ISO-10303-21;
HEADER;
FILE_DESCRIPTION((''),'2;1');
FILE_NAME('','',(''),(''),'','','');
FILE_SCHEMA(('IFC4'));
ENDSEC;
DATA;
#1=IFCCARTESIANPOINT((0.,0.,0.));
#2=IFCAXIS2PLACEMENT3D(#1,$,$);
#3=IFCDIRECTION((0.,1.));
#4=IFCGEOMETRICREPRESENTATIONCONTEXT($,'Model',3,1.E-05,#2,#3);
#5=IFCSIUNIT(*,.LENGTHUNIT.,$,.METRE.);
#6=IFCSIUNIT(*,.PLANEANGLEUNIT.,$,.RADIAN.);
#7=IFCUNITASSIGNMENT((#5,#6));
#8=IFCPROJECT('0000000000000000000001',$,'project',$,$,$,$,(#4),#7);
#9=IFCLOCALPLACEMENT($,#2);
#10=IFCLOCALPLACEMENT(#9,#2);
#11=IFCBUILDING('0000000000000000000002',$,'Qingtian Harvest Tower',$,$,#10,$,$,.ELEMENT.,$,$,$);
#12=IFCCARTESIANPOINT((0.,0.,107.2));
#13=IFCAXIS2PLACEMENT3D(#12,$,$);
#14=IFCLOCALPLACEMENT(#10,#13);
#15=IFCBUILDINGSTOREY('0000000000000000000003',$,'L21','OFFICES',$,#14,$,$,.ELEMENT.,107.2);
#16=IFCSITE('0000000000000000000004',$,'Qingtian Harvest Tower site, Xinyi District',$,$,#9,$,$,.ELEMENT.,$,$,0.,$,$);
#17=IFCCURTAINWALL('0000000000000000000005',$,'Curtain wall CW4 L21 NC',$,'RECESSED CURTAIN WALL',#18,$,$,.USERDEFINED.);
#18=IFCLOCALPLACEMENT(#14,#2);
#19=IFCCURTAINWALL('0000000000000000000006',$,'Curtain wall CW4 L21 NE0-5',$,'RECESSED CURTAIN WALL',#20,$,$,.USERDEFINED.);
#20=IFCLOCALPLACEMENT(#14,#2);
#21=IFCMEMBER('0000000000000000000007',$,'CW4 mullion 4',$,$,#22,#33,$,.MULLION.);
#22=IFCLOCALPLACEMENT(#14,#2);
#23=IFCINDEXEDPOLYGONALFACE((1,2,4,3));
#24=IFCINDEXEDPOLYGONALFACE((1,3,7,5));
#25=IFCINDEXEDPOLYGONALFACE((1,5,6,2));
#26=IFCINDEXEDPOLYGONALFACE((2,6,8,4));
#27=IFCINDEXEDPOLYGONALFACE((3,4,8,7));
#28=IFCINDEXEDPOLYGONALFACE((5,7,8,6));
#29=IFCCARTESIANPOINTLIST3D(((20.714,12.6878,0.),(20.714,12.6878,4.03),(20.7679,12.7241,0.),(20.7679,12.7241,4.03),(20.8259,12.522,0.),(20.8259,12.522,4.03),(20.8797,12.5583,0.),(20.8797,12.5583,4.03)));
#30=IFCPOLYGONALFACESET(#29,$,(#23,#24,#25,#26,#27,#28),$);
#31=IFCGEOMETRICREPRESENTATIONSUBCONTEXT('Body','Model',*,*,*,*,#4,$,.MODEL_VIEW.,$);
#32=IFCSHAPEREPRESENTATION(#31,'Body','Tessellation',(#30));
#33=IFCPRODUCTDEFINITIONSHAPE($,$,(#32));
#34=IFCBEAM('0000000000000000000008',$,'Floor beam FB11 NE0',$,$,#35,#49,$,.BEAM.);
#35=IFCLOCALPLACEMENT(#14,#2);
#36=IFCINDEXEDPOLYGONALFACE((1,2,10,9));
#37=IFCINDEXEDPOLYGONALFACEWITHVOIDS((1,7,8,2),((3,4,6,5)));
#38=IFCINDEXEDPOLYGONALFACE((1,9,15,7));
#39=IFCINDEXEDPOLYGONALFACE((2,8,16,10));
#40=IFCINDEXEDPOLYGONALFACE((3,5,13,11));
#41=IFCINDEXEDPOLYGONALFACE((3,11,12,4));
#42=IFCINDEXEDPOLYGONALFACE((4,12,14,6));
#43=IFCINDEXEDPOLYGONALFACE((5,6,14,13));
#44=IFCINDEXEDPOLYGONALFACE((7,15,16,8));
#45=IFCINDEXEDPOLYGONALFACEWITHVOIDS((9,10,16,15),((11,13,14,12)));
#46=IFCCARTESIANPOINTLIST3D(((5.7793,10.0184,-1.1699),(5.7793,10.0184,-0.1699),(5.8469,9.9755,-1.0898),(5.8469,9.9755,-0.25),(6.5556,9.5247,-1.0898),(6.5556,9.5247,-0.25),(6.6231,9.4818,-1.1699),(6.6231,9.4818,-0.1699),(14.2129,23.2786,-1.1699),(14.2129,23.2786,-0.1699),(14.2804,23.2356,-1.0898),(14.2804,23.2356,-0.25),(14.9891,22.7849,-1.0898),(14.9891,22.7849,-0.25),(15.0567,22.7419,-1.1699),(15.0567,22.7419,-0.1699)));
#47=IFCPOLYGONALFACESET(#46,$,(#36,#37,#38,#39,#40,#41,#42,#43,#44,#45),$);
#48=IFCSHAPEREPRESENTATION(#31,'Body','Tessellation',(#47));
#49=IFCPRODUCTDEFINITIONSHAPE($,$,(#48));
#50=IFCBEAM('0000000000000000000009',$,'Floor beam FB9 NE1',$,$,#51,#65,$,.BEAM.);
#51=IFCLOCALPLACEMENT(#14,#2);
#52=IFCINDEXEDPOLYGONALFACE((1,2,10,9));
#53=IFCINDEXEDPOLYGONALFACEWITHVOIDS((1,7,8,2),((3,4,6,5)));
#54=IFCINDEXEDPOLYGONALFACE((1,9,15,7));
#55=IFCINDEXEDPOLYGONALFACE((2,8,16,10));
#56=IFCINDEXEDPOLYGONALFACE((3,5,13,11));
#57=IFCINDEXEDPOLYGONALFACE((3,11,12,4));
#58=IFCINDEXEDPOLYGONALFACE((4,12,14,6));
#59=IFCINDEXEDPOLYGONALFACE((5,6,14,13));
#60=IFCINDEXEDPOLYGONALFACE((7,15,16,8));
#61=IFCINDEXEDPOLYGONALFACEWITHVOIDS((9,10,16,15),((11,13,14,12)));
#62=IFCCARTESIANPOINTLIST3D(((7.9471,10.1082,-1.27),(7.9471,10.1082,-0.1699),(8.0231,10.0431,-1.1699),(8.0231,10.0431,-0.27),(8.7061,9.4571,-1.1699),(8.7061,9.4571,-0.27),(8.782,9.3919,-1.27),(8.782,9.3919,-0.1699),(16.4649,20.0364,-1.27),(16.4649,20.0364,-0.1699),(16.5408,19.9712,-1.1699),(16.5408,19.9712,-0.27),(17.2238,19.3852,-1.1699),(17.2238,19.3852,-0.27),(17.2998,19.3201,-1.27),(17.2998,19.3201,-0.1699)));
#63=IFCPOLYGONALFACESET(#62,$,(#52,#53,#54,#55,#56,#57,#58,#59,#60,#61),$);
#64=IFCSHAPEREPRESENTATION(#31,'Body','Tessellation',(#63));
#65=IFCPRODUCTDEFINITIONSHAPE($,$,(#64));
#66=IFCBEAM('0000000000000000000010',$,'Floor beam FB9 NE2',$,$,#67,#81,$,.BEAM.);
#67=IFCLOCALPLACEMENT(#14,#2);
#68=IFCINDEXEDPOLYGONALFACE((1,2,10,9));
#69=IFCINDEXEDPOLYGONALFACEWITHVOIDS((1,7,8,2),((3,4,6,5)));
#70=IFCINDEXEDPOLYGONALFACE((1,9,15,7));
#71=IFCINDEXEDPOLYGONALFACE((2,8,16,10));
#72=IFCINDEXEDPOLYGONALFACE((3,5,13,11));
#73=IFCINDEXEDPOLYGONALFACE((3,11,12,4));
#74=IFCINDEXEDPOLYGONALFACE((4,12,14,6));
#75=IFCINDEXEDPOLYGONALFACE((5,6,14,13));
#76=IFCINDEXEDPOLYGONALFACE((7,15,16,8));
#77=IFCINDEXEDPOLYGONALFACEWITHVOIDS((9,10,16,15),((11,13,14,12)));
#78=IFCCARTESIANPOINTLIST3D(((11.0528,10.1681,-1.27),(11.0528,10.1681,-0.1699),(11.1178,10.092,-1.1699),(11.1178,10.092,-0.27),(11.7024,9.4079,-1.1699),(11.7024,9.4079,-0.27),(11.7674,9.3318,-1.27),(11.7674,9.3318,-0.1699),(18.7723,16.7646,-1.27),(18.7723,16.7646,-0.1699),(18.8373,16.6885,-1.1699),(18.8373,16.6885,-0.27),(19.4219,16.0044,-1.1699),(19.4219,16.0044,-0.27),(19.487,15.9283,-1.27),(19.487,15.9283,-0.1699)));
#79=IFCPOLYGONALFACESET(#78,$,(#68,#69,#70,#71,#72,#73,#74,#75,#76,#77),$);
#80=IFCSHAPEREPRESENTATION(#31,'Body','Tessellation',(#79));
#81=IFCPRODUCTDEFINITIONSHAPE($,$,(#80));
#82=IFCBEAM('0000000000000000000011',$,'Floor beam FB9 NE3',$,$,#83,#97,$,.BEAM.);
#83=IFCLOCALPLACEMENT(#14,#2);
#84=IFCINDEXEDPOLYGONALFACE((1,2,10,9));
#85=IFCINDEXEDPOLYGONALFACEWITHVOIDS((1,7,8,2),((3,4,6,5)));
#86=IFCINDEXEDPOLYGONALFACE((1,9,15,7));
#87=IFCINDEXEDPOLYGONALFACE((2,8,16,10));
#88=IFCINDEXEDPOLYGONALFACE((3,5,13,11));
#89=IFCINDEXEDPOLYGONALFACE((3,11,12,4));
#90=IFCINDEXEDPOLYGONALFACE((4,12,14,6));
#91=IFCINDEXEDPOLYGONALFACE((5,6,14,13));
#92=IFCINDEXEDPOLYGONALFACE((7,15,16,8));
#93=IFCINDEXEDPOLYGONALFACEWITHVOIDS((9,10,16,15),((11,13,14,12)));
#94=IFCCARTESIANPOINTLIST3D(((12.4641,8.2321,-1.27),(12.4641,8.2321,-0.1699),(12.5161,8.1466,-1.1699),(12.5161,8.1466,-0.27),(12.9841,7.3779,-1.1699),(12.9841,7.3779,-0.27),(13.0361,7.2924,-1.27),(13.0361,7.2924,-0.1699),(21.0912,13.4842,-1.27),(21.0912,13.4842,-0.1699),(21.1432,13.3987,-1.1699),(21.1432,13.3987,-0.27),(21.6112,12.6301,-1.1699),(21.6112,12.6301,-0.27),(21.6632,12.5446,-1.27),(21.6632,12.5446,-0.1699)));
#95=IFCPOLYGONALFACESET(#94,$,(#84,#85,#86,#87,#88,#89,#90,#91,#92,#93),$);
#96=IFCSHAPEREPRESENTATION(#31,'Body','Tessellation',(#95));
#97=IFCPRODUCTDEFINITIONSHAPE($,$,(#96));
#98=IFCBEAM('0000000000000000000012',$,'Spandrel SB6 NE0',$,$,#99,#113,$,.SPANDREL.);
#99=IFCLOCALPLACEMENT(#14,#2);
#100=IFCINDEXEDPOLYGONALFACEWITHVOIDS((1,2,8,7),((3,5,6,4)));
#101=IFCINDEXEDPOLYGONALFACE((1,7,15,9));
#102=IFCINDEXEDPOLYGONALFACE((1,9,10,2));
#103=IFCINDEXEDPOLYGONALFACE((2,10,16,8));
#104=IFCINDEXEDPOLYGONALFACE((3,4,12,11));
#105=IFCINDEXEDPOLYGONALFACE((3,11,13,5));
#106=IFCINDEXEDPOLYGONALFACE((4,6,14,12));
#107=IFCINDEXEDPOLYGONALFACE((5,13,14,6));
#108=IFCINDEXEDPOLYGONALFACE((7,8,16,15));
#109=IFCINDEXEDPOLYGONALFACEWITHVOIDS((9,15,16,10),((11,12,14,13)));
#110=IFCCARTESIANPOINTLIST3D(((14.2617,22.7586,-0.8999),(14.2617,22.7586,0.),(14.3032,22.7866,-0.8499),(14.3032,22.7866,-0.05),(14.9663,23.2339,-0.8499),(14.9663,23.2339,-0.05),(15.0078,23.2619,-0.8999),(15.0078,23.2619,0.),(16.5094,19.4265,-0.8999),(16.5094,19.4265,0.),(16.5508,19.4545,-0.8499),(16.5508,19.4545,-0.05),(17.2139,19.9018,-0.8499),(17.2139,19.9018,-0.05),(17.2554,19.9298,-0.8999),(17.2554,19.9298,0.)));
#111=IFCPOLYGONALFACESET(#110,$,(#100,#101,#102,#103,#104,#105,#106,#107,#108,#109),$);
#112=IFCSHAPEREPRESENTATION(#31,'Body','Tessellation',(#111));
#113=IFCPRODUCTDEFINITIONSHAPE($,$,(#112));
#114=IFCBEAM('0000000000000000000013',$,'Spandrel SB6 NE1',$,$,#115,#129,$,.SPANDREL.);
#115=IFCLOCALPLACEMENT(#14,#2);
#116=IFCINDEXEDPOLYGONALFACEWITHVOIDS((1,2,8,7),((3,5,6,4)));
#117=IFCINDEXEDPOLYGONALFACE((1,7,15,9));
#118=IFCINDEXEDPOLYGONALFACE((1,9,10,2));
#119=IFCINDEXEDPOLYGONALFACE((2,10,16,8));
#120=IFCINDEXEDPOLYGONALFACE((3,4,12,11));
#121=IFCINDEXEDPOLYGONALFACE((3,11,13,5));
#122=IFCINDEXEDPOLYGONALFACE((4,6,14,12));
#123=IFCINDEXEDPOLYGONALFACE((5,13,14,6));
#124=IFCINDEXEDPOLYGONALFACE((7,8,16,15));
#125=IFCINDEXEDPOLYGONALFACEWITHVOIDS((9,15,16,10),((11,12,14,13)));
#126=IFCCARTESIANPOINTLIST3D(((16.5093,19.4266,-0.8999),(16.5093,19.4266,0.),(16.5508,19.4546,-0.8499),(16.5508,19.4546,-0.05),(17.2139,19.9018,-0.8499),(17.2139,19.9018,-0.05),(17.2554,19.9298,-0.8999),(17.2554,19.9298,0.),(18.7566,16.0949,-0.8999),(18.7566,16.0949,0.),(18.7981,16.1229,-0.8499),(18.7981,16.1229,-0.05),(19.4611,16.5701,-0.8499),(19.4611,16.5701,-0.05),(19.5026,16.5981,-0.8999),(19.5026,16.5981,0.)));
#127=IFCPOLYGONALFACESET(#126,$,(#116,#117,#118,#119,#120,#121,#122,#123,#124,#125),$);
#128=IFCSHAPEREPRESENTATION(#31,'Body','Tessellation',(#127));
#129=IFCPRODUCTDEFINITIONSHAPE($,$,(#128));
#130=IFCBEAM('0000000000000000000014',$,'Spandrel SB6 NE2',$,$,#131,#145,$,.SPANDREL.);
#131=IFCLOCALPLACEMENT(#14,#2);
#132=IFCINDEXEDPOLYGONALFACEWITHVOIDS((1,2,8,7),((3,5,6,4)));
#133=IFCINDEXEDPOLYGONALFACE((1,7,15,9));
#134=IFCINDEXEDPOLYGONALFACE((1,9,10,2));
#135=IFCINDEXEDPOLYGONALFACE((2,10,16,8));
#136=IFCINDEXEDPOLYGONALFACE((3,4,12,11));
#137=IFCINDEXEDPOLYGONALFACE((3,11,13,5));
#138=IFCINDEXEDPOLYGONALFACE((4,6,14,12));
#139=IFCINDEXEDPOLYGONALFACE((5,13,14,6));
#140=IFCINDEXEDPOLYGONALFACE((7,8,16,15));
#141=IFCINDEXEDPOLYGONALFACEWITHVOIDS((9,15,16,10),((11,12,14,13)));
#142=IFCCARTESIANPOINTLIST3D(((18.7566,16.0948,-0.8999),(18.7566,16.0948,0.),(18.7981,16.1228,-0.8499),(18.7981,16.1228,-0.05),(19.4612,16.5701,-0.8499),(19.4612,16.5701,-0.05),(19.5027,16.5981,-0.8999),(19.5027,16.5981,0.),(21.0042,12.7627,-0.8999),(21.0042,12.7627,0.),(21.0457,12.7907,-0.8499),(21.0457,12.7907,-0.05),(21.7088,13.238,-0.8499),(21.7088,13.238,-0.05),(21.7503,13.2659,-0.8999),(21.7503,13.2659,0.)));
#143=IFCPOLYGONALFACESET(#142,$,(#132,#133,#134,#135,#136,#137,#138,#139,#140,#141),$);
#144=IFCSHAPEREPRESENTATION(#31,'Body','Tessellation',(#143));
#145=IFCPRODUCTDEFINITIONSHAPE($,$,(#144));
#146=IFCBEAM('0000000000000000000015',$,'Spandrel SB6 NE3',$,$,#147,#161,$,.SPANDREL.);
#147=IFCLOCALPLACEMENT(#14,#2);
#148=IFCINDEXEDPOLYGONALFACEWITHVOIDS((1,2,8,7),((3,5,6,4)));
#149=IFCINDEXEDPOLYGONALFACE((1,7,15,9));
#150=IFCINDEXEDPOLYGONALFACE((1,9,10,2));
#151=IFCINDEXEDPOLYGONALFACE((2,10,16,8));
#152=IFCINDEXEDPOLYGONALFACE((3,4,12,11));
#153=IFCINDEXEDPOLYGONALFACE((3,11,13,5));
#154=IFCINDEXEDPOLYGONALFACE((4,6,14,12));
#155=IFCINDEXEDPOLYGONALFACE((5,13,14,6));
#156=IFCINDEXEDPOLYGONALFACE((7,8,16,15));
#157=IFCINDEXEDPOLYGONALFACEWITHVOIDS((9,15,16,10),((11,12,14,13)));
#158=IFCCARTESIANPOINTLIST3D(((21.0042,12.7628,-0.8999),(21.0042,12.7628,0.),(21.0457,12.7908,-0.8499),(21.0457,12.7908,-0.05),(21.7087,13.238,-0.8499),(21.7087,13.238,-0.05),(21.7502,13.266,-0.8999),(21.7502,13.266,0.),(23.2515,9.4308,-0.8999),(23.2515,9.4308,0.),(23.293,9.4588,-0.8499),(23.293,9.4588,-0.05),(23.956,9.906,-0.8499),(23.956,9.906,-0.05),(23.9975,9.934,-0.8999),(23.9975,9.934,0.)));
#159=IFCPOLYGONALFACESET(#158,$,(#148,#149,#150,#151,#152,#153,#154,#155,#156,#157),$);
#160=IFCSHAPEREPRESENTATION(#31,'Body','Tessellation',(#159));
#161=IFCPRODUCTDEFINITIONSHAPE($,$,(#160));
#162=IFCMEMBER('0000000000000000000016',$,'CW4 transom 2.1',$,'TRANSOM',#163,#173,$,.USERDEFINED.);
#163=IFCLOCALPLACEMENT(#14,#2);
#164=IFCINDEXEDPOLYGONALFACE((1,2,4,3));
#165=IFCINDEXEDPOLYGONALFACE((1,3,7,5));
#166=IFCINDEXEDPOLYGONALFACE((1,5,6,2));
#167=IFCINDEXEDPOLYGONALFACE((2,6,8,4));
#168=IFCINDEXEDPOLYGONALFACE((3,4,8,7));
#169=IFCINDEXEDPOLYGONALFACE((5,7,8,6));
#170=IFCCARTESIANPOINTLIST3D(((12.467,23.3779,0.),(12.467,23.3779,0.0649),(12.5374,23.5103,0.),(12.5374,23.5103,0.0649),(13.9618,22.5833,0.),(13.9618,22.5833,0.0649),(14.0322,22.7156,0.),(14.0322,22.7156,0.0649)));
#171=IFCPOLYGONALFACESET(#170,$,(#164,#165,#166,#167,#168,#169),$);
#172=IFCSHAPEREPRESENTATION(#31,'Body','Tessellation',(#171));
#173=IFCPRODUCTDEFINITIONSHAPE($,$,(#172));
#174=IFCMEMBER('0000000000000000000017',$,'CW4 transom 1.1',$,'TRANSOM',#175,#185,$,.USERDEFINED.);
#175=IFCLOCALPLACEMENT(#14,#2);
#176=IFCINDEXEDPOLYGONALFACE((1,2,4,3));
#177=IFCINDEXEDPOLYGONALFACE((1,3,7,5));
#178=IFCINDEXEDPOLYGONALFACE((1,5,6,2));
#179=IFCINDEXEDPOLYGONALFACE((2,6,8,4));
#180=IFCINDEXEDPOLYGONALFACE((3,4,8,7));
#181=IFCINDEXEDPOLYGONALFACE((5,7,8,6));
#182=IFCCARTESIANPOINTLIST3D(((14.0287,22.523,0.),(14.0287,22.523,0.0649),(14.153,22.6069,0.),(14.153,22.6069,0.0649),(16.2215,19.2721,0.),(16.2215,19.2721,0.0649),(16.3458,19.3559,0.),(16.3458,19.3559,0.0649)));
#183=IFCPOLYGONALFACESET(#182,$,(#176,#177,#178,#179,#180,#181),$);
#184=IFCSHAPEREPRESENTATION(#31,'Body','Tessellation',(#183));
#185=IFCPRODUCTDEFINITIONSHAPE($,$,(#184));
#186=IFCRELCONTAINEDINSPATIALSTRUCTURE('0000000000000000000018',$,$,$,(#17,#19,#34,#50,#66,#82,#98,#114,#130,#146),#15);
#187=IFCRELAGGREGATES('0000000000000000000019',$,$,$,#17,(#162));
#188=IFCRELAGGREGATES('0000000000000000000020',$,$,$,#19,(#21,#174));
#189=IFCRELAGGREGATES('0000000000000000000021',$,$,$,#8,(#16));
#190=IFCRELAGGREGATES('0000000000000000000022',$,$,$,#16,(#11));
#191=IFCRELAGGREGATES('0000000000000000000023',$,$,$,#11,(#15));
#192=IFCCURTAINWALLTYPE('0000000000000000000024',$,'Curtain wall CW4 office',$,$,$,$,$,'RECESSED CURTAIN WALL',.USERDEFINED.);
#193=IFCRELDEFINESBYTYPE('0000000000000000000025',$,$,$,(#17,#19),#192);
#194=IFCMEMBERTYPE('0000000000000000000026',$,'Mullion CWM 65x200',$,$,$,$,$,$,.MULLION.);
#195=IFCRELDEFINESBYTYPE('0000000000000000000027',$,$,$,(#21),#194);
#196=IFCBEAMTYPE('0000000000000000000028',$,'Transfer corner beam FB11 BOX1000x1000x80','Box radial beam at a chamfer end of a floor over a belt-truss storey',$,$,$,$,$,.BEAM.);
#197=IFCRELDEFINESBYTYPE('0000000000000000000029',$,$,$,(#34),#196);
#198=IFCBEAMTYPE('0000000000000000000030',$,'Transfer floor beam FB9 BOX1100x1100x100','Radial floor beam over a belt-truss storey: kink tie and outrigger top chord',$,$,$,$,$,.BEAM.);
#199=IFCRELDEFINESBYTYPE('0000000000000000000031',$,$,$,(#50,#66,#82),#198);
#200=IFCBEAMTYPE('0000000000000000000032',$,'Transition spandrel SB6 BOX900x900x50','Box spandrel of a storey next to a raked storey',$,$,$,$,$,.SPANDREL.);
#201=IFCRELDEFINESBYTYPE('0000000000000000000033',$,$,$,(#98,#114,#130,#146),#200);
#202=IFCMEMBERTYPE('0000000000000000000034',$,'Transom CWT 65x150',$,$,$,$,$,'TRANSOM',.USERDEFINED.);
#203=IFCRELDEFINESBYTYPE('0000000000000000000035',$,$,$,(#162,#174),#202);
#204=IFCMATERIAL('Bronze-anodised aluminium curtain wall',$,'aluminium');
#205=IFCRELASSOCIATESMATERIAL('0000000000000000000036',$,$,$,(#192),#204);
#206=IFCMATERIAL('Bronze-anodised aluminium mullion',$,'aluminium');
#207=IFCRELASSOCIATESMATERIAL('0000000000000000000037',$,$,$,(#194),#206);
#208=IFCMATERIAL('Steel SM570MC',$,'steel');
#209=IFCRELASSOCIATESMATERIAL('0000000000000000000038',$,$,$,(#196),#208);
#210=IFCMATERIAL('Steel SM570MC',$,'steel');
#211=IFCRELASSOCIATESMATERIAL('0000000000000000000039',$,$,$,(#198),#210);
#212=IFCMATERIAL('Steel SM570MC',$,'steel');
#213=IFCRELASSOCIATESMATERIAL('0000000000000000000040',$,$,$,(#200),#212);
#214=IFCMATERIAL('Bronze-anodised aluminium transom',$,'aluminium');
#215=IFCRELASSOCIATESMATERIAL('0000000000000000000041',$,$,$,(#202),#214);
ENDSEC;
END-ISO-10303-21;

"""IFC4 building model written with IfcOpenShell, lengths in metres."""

from ifc_helpers import new_model, si_unit, direction, frame, origin, origin_2d, place, context, subcontext, project, spatial, rectangle, hollow_rectangle, extrude, material, material_profile, profile_set, type_object, element, aggregate, save


model = new_model("IFC4")

# Units and contexts
model_context = context("Model", 3, precision=1e-05, world=origin(), true_north=direction((0.0, 1.0)))
body_context = subcontext(model_context, "Body", "Model", "MODEL_VIEW")
ifc_project = project(units=[si_unit("LENGTHUNIT", "METRE"), si_unit("PLANEANGLEUNIT", "RADIAN")], contexts=[model_context])

# Site, building, storey
site_placement = place(None, origin())
site = spatial("IfcSite", under=ifc_project, at=site_placement, Name="Qingtian Harvest Tower site, Xinyi District", CompositionType="ELEMENT", RefElevation=0.0)
building_placement = place(site_placement, origin())
building = spatial("IfcBuilding", under=site, at=building_placement, Name="Qingtian Harvest Tower", CompositionType="ELEMENT")
storey_placement = place(building_placement, frame((0.0, 0.0, 107.2)))
storey = spatial("IfcBuildingStorey", under=building, at=storey_placement, Name="L21", Description="OFFICES", CompositionType="ELEMENT", Elevation=107.2)

# Curtain walls, member
ifc_material_1 = material(Name="Bronze-anodised aluminium curtain wall", Category="aluminium")
curtain_wall_type = type_object("IfcCurtainWallType", Name="Curtain wall CW4 office", ElementType="RECESSED CURTAIN WALL", PredefinedType="USERDEFINED", material=ifc_material_1)
curtain_wall_1_placement = place(storey_placement, origin())
curtain_wall_1 = element("IfcCurtainWall", 1, at=curtain_wall_1_placement, inside=storey, type_object=curtain_wall_type, Name="Curtain wall CW4 L21 NC", ObjectType="RECESSED CURTAIN WALL", PredefinedType="USERDEFINED")
ifc_material_2 = material(Name="Bronze-anodised aluminium mullion", Category="aluminium")
ifc_material_profile_1 = material_profile(ifc_material_2, rectangle(XDim=0.0649, YDim=0.2, at=origin_2d()), Name="AL 65x200")
ifc_profile_set_1 = profile_set([ifc_material_profile_1], Name="Bronze-anodised aluminium mullion")
member_type_1 = type_object("IfcMemberType", Name="Mullion CWM 65x200", PredefinedType="MULLION", material=ifc_profile_set_1)
curtain_wall_2_placement = place(storey_placement, origin())
curtain_wall_2 = element("IfcCurtainWall", 2, at=curtain_wall_2_placement, inside=storey, type_object=curtain_wall_type, Name="Curtain wall CW4 L21 NE0-5", ObjectType="RECESSED CURTAIN WALL", PredefinedType="USERDEFINED")
member_1_placement = place(storey_placement, frame((20.7969, 12.623, 0.0), z_axis=(0.0, 0.0, 1.0), x_axis=(0.829038, 0.559193, 0.0)))
member_1 = element("IfcMember", 3, at=member_1_placement, type_object=member_type_1, Name="CW4 mullion 4", PredefinedType="MULLION", context=body_context, shape_type="SweptSolid", body=[
    extrude(rectangle(XDim=0.0649, YDim=0.2, at=origin_2d()), origin(), (0.0, 0.0, 1.0), 4.03),
])

# Beams
ifc_material_3 = material(Name="Steel SM570MC", Category="steel")
ifc_material_profile_2 = material_profile(ifc_material_3, hollow_rectangle(XDim=1.0, YDim=1.0, WallThickness=0.0801, at=origin_2d()), Name="BOX1000x1000x80")
ifc_profile_set_2 = profile_set([ifc_material_profile_2], Name="Steel SM570MC")
beam_type_1 = type_object("IfcBeamType", Name="Transfer corner beam FB11 BOX1000x1000x80", Description="Box radial beam at a chamfer end of a floor over a belt-truss storey", PredefinedType="BEAM", material=ifc_profile_set_2)
beam_1_placement = place(storey_placement, frame((14.6348, 23.0103, -0.6699), z_axis=(-0.53666, -0.843798, 0.0), x_axis=(0.843798, -0.53666, 0.0)))
element("IfcBeam", 4, at=beam_1_placement, inside=storey, type_object=beam_type_1, Name="Floor beam FB11 NE0", PredefinedType="BEAM", context=body_context, shape_type="SweptSolid", body=[
    extrude(hollow_rectangle(XDim=1.0, YDim=1.0, WallThickness=0.0801, at=origin_2d()), origin(), (0.0, 0.0, 1.0), 15.7148),
])
ifc_material_4 = material(Name="Steel SM570MC", Category="steel")
ifc_material_profile_3 = material_profile(ifc_material_4, hollow_rectangle(XDim=1.1001, YDim=1.1001, WallThickness=0.1001, at=origin_2d()), Name="BOX1100x1100x100")
ifc_profile_set_3 = profile_set([ifc_material_profile_3], Name="Steel SM570MC")
beam_type_2 = type_object("IfcBeamType", Name="Transfer floor beam FB9 BOX1100x1100x100", Description="Radial floor beam over a belt-truss storey: kink tie and outrigger top chord", PredefinedType="BEAM", material=ifc_profile_set_3)
beam_2_placement = place(storey_placement, frame((16.8823, 19.6782, -0.72), z_axis=(-0.65114, -0.758957, 0.0), x_axis=(0.758957, -0.65114, 0.0)))
element("IfcBeam", 5, at=beam_2_placement, inside=storey, type_object=beam_type_2, Name="Floor beam FB9 NE1", PredefinedType="BEAM", context=body_context, shape_type="SweptSolid", body=[
    extrude(hollow_rectangle(XDim=1.1001, YDim=1.1001, WallThickness=0.1001, at=origin_2d()), origin(), (0.0, 0.0, 1.0), 13.0813),
])
beam_3_placement = place(storey_placement, frame((19.1296, 16.3464, -0.72), z_axis=(-0.760242, -0.64964, 0.0), x_axis=(0.64964, -0.760242, 0.0)))
element("IfcBeam", 6, at=beam_3_placement, inside=storey, type_object=beam_type_2, Name="Floor beam FB9 NE2", PredefinedType="BEAM", context=body_context, shape_type="SweptSolid", body=[
    extrude(hollow_rectangle(XDim=1.1001, YDim=1.1001, WallThickness=0.1001, at=origin_2d()), origin(), (0.0, 0.0, 1.0), 10.1541),
])
beam_4_placement = place(storey_placement, frame((21.3772, 13.0144, -0.72), z_axis=(-0.854161, -0.520009, 0.0), x_axis=(0.520009, -0.854161, 0.0)))
element("IfcBeam", 7, at=beam_4_placement, inside=storey, type_object=beam_type_2, Name="Floor beam FB9 NE3", PredefinedType="BEAM", context=body_context, shape_type="SweptSolid", body=[
    extrude(hollow_rectangle(XDim=1.1001, YDim=1.1001, WallThickness=0.1001, at=origin_2d()), origin(), (0.0, 0.0, 1.0), 10.1001),
])
ifc_material_5 = material(Name="Steel SM570MC", Category="steel")
ifc_material_profile_4 = material_profile(ifc_material_5, hollow_rectangle(XDim=0.8999, YDim=0.8999, WallThickness=0.05, at=origin_2d()), Name="BOX900x900x50")
ifc_profile_set_4 = profile_set([ifc_material_profile_4], Name="Steel SM570MC")
beam_type_3 = type_object("IfcBeamType", Name="Transition spandrel SB6 BOX900x900x50", Description="Box spandrel of a storey next to a raked storey", PredefinedType="SPANDREL", material=ifc_profile_set_4)
beam_5_placement = place(storey_placement, frame((14.6348, 23.0103, -0.45), z_axis=(0.559206, -0.829029, 0.0), x_axis=(0.829029, 0.559206, 0.0)))
element("IfcBeam", 8, at=beam_5_placement, inside=storey, type_object=beam_type_3, Name="Spandrel SB6 NE0", PredefinedType="SPANDREL", context=body_context, shape_type="SweptSolid", body=[
    extrude(hollow_rectangle(XDim=0.8999, YDim=0.8999, WallThickness=0.05, at=origin_2d()), origin(), (0.0, 0.0, 1.0), 4.0193),
])
beam_6_placement = place(storey_placement, frame((16.8823, 19.6782, -0.45), z_axis=(0.559192, -0.829038, 0.0), x_axis=(0.829038, 0.559192, 0.0)))
element("IfcBeam", 9, at=beam_6_placement, inside=storey, type_object=beam_type_3, Name="Spandrel SB6 NE1", PredefinedType="SPANDREL", context=body_context, shape_type="SweptSolid", body=[
    extrude(hollow_rectangle(XDim=0.8999, YDim=0.8999, WallThickness=0.05, at=origin_2d()), origin(), (0.0, 0.0, 1.0), 4.0188),
])
beam_7_placement = place(storey_placement, frame((19.1296, 16.3464, -0.45), z_axis=(0.559206, -0.829029, 0.0), x_axis=(0.829029, 0.559206, 0.0)))
element("IfcBeam", 10, at=beam_7_placement, inside=storey, type_object=beam_type_3, Name="Spandrel SB6 NE2", PredefinedType="SPANDREL", context=body_context, shape_type="SweptSolid", body=[
    extrude(hollow_rectangle(XDim=0.8999, YDim=0.8999, WallThickness=0.05, at=origin_2d()), origin(), (0.0, 0.0, 1.0), 4.0193),
])
beam_8_placement = place(storey_placement, frame((21.3772, 13.0144, -0.45), z_axis=(0.559164, -0.829057, 0.0), x_axis=(0.829057, 0.559164, 0.0)))
element("IfcBeam", 11, at=beam_8_placement, inside=storey, type_object=beam_type_3, Name="Spandrel SB6 NE3", PredefinedType="SPANDREL", context=body_context, shape_type="SweptSolid", body=[
    extrude(hollow_rectangle(XDim=0.8999, YDim=0.8999, WallThickness=0.05, at=origin_2d()), origin(), (0.0, 0.0, 1.0), 4.019),
])

# Members
ifc_material_6 = material(Name="Bronze-anodised aluminium transom", Category="aluminium")
ifc_material_profile_5 = material_profile(ifc_material_6, rectangle(XDim=0.1499, YDim=0.0649, at=origin_2d()), Name="AL 65x150")
ifc_profile_set_5 = profile_set([ifc_material_profile_5], Name="Bronze-anodised aluminium transom")
member_type_2 = type_object("IfcMemberType", Name="Transom CWT 65x150", ElementType="TRANSOM", PredefinedType="USERDEFINED", material=ifc_profile_set_5)
member_2_placement = place(storey_placement, frame((12.5022, 23.4441, 0.0325), z_axis=(0.882987, -0.469398, 0.0), x_axis=(0.469398, 0.882987, 0.0)))
member_2 = element("IfcMember", 12, at=member_2_placement, type_object=member_type_2, Name="CW4 transom 2.1", ObjectType="TRANSOM", PredefinedType="USERDEFINED", context=body_context, shape_type="SweptSolid", body=[
    extrude(rectangle(XDim=0.1499, YDim=0.0649, at=origin_2d()), origin(), (0.0, 0.0, 1.0), 1.6929),
])
member_3_placement = place(storey_placement, frame((14.0908, 22.5649, 0.0325), z_axis=(0.559203, -0.829031, 0.0), x_axis=(0.829031, 0.559203, 0.0)))
member_3 = element("IfcMember", 13, at=member_3_placement, type_object=member_type_2, Name="CW4 transom 1.1", ObjectType="TRANSOM", PredefinedType="USERDEFINED", context=body_context, shape_type="SweptSolid", body=[
    extrude(rectangle(XDim=0.1499, YDim=0.0649, at=origin_2d()), origin(), (0.0, 0.0, 1.0), 3.9214),
])

aggregate(curtain_wall_1, [member_2])
aggregate(curtain_wall_2, [member_1, member_3])

save(model, "model.ifc")
